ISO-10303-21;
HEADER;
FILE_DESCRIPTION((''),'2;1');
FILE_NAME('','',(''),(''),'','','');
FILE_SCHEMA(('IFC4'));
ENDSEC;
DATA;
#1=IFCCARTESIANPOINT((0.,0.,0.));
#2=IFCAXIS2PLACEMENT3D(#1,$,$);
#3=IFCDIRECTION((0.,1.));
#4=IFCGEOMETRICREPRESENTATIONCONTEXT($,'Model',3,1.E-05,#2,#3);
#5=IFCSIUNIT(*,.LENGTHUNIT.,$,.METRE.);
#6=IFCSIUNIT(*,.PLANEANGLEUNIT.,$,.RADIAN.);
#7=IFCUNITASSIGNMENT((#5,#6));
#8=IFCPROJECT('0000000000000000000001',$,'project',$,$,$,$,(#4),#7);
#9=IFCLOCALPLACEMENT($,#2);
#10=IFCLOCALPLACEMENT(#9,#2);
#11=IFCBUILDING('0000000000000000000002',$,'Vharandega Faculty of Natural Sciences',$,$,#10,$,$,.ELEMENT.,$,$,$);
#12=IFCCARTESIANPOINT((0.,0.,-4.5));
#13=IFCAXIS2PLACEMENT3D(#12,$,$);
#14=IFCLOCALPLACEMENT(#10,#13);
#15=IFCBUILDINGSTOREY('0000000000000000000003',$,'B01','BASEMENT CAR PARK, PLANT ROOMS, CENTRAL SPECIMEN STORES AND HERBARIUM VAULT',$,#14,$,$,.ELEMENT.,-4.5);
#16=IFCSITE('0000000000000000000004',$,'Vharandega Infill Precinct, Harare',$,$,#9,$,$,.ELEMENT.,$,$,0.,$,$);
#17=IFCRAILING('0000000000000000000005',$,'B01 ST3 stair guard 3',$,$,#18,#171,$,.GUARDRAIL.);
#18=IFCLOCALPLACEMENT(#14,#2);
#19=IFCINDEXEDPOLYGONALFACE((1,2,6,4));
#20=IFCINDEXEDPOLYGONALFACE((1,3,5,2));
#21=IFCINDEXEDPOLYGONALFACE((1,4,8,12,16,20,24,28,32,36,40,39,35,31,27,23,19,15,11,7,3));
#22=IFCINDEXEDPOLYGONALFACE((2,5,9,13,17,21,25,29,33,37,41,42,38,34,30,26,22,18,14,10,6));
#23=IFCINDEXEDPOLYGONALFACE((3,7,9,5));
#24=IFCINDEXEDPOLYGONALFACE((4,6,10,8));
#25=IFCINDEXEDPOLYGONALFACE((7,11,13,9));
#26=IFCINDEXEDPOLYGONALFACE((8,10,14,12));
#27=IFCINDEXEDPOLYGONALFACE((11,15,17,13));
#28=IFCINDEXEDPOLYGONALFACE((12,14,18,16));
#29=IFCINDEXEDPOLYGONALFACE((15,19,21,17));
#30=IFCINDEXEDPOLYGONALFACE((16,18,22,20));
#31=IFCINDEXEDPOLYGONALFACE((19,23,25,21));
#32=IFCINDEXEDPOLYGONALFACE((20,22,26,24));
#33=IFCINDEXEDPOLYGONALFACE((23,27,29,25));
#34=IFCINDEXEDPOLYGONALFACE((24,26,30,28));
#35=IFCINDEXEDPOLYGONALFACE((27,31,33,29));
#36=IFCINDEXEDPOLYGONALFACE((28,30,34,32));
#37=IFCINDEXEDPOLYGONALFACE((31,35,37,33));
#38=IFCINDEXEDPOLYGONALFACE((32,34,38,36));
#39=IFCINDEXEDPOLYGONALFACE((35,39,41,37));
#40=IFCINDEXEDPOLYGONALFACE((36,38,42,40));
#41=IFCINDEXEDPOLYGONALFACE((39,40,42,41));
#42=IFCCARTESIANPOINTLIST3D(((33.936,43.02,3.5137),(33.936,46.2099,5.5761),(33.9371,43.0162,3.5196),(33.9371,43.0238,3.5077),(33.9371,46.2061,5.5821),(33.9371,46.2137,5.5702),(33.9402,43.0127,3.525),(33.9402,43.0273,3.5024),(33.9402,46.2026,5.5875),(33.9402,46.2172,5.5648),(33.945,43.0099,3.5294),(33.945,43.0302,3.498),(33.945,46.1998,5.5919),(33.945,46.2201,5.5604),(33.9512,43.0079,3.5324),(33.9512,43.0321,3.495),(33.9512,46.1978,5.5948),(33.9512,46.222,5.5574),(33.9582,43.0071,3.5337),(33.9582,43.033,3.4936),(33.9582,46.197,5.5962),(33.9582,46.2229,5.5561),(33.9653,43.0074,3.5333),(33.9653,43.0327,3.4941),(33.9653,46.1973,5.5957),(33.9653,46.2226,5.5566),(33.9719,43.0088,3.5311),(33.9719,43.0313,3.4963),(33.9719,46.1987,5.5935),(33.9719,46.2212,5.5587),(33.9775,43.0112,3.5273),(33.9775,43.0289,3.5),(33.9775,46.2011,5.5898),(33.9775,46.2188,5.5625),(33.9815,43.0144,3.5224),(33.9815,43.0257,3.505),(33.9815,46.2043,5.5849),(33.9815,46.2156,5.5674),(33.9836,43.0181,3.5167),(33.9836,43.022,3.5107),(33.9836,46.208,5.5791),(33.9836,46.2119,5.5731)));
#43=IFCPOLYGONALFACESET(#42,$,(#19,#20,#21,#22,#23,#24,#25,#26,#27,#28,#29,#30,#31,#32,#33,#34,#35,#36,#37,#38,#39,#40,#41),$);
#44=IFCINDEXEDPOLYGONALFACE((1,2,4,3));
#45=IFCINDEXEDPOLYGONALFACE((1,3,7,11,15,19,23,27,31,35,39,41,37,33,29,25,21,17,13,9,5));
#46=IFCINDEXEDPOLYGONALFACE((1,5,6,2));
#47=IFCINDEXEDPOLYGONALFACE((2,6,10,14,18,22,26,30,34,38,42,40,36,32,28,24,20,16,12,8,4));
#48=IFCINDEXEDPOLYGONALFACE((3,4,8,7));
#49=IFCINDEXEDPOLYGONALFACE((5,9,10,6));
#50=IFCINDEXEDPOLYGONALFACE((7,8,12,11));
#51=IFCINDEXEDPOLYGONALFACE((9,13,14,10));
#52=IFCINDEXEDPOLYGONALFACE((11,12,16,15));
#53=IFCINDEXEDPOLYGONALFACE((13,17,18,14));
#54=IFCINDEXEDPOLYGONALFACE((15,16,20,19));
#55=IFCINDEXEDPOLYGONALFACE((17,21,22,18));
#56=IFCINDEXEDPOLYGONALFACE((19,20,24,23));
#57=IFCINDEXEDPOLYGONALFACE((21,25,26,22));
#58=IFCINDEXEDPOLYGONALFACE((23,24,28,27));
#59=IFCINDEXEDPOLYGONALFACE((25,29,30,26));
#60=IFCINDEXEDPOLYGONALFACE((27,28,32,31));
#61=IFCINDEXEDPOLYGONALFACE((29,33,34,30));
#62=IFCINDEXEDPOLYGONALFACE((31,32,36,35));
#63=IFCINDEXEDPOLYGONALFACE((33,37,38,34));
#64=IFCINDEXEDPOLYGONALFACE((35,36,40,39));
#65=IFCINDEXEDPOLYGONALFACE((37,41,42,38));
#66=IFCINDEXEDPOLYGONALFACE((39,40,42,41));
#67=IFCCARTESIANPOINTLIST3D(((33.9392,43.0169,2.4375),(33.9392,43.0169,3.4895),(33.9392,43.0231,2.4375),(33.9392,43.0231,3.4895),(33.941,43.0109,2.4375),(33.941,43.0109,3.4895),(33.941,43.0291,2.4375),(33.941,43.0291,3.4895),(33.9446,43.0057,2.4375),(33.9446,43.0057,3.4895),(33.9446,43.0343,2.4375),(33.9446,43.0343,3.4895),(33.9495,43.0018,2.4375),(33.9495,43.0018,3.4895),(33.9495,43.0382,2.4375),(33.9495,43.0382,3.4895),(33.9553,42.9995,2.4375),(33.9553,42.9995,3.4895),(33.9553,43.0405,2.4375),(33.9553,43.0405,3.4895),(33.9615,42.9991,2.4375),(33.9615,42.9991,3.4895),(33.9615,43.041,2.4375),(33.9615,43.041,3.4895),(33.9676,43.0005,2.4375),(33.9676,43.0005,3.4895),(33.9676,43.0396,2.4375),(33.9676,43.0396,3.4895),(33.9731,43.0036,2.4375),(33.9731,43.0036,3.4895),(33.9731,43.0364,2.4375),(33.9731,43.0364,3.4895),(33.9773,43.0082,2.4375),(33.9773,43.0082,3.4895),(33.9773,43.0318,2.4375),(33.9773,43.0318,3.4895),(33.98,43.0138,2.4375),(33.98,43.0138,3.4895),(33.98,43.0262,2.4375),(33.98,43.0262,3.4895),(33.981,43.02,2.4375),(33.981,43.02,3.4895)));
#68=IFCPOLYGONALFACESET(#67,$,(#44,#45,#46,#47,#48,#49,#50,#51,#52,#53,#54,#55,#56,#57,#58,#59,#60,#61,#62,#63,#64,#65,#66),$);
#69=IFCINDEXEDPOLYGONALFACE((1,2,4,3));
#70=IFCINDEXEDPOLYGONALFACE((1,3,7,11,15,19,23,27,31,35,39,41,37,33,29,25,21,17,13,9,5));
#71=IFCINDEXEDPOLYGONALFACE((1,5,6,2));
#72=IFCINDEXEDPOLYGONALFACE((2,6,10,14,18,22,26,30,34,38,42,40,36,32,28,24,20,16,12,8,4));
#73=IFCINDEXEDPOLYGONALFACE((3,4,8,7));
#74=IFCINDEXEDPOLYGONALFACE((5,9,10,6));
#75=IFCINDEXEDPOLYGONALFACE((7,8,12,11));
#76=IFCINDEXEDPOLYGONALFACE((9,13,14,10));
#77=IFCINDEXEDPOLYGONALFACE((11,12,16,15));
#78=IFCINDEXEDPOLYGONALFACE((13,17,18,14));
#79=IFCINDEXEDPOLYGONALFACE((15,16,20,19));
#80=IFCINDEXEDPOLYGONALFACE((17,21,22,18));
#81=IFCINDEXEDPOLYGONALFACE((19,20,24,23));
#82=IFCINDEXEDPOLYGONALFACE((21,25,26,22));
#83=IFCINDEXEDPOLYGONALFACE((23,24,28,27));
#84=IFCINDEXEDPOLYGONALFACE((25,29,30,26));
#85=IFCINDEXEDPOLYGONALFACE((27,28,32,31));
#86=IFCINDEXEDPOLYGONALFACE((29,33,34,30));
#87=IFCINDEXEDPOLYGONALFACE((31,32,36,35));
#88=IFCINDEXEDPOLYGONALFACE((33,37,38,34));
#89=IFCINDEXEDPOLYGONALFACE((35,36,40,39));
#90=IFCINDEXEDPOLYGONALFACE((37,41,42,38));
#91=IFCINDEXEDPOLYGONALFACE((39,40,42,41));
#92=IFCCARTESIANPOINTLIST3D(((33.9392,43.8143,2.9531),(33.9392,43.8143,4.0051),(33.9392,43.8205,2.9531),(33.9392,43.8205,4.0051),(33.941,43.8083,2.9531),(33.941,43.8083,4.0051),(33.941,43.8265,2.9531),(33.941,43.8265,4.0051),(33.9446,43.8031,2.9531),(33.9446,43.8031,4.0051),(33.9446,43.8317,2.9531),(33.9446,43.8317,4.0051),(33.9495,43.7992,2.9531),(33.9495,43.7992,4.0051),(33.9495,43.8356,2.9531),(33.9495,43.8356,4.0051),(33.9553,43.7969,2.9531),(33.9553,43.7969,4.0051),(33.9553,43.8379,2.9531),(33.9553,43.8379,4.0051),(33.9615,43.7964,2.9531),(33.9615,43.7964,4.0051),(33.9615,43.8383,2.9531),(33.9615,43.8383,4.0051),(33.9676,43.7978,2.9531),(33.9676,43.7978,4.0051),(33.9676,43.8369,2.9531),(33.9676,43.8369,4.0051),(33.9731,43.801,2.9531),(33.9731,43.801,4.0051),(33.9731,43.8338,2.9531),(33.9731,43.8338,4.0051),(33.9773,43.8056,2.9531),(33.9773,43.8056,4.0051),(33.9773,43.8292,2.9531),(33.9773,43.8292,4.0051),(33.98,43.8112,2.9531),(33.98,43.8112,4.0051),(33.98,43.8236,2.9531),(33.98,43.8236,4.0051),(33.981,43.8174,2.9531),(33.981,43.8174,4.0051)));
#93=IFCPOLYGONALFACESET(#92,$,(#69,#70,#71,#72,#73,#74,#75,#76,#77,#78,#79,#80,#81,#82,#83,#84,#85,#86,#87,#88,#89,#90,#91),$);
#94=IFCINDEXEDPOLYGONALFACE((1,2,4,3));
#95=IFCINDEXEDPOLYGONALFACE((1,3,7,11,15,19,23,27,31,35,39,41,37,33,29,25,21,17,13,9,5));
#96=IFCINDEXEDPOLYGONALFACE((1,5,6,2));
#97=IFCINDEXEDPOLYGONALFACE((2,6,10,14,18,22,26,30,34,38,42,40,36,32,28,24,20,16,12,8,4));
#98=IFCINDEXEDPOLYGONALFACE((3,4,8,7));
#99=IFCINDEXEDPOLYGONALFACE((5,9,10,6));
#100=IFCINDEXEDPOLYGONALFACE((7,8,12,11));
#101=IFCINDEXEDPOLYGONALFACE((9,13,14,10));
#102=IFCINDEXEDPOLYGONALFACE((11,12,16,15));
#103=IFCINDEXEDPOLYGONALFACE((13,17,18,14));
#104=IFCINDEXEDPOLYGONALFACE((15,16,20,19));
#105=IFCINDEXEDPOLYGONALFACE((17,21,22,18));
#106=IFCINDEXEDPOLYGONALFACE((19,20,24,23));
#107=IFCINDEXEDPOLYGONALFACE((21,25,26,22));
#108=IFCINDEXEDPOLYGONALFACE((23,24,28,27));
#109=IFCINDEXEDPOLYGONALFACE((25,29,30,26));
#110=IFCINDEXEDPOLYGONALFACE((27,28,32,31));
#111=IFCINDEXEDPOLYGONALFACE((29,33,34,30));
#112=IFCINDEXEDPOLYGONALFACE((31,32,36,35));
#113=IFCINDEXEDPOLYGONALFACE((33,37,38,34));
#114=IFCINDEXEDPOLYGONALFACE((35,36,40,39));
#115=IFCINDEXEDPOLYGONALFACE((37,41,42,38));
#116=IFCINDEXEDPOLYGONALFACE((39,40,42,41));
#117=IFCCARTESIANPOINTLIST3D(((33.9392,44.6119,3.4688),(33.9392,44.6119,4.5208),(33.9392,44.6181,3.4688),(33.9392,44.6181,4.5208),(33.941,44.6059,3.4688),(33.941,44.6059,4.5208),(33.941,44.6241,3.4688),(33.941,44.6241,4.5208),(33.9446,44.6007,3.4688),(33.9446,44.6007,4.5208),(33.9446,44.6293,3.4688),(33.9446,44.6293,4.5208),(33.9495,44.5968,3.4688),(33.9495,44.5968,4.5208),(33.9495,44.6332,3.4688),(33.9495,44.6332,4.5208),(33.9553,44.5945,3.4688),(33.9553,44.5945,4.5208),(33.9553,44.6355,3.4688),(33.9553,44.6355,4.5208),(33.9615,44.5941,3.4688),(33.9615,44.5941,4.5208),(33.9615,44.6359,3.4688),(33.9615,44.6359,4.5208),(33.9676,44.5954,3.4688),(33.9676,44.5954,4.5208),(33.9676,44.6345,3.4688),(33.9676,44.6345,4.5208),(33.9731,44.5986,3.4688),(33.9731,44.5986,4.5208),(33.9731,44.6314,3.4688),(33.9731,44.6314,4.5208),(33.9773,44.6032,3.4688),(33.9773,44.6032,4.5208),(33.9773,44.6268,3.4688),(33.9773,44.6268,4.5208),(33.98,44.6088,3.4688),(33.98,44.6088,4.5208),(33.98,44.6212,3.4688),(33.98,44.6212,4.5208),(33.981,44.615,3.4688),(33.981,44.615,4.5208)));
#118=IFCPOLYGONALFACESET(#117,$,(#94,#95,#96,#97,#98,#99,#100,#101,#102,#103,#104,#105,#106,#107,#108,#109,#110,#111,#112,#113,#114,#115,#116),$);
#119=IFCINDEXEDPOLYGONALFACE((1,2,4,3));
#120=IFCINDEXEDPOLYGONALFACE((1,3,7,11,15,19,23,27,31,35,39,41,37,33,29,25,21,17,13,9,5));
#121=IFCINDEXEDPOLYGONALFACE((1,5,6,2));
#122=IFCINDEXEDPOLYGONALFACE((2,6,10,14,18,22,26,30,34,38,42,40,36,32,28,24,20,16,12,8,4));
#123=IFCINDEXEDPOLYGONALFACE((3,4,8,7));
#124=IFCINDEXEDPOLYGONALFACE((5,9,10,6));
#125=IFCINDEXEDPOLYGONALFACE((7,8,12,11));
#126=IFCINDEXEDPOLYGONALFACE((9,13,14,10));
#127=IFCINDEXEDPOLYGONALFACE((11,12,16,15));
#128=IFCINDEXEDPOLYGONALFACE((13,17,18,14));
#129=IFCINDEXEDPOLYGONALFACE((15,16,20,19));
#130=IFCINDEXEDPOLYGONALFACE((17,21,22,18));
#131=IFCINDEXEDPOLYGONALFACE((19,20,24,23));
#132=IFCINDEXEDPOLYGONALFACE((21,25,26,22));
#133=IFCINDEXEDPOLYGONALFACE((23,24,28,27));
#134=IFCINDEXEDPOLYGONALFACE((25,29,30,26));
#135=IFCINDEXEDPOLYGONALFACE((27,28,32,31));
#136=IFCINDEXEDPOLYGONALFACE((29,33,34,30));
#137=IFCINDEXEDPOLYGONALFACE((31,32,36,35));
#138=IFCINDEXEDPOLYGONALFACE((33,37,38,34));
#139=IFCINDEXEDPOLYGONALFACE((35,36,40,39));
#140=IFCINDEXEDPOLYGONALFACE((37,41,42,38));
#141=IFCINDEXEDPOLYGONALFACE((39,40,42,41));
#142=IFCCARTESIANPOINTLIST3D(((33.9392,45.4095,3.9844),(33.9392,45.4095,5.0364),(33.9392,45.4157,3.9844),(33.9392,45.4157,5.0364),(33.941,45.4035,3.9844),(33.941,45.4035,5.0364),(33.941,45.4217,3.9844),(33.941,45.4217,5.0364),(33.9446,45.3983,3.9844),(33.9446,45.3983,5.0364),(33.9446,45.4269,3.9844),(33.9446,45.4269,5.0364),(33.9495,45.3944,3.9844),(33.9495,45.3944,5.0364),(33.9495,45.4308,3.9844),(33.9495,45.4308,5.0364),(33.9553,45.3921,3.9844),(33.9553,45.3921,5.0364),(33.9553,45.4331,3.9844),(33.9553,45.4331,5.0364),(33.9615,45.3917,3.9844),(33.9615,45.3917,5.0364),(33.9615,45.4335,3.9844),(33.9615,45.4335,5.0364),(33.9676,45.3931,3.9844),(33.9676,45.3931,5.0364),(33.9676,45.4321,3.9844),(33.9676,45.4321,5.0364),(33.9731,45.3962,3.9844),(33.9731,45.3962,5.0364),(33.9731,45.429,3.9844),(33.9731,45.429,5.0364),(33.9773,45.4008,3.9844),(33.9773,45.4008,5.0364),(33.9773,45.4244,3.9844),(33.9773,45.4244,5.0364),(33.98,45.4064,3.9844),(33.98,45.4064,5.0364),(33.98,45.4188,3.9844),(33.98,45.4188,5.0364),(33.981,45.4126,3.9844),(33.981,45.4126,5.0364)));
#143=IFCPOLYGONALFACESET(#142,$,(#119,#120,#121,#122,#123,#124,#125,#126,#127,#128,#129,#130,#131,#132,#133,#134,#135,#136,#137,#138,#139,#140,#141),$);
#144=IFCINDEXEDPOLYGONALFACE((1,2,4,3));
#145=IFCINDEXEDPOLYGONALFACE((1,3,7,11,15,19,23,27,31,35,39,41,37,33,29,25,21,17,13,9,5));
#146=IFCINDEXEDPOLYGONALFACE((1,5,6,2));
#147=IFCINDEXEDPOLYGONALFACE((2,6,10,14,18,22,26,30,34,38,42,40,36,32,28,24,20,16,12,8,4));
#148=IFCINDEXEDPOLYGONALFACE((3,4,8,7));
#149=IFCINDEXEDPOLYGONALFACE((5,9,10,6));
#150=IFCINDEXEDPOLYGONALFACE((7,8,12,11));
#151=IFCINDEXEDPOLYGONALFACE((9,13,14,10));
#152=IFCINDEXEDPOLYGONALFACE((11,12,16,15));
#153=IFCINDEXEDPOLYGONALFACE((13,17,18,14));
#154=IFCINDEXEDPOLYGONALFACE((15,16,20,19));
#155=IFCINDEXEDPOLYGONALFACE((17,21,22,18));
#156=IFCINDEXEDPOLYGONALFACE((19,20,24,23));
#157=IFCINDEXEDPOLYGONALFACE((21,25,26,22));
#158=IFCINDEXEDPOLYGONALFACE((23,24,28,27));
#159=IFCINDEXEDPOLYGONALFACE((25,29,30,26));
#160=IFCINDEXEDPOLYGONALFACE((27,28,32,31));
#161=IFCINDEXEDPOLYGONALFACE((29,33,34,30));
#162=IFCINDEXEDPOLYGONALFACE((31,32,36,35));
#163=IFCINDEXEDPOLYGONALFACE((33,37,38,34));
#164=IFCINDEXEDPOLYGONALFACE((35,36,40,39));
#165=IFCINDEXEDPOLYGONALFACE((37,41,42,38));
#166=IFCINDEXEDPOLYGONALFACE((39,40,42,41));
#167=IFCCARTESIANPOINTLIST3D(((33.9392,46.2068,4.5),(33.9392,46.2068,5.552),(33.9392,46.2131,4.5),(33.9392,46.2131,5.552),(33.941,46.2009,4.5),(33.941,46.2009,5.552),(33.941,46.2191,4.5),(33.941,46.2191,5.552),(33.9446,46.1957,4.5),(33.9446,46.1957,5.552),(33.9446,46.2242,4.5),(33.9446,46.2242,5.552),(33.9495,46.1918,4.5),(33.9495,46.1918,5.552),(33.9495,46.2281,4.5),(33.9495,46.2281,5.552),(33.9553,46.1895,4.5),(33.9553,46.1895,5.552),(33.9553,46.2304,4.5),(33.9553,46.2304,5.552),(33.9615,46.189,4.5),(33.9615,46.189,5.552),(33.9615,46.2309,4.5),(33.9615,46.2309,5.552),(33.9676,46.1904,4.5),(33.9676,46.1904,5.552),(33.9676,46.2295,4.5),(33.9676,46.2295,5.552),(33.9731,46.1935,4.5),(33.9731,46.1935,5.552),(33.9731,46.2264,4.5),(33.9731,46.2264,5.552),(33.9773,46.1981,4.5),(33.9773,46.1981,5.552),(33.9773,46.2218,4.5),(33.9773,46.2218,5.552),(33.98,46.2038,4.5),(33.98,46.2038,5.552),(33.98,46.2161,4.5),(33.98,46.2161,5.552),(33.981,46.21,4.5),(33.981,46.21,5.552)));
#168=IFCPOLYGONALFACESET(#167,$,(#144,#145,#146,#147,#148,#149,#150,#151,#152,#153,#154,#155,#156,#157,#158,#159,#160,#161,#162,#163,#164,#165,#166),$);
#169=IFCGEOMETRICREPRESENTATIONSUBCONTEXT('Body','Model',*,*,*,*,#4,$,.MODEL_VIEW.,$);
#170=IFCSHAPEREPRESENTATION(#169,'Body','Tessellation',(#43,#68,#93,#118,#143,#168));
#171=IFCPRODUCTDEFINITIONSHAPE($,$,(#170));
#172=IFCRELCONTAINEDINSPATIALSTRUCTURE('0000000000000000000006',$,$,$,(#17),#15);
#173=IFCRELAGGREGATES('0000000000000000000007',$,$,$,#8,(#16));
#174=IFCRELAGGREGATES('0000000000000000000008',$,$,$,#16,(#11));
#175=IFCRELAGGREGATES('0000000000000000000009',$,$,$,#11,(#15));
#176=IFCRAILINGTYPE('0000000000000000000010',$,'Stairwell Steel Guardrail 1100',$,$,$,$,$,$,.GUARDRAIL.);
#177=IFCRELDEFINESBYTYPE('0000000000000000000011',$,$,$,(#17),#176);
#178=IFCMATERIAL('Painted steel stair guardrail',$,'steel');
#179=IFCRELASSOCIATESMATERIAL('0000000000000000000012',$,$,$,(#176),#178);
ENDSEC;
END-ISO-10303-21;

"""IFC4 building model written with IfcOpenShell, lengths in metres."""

from ifc_helpers import new_model, si_unit, direction, frame, origin, origin_2d, place, context, subcontext, project, spatial, circle, extrude, material, type_object, element, save


model = new_model("IFC4")

# Units and contexts
model_context = context("Model", 3, precision=1e-05, world=origin(), true_north=direction((0.0, 1.0)))
body_context = subcontext(model_context, "Body", "Model", "MODEL_VIEW")
ifc_project = project(units=[si_unit("LENGTHUNIT", "METRE"), si_unit("PLANEANGLEUNIT", "RADIAN")], contexts=[model_context])

# Site, building, storey
site_placement = place(None, origin())
site = spatial("IfcSite", under=ifc_project, at=site_placement, Name="Vharandega Infill Precinct, Harare", CompositionType="ELEMENT", RefElevation=0.0)
building_placement = place(site_placement, origin())
building = spatial("IfcBuilding", under=site, at=building_placement, Name="Vharandega Faculty of Natural Sciences", CompositionType="ELEMENT")
storey_placement = place(building_placement, frame((0.0, 0.0, -4.5)))
storey = spatial("IfcBuildingStorey", under=building, at=storey_placement, Name="B01", Description="BASEMENT CAR PARK, PLANT ROOMS, CENTRAL SPECIMEN STORES AND HERBARIUM VAULT", CompositionType="ELEMENT", Elevation=-4.5)

# Railing
ifc_material_1 = material(Name="Painted steel stair guardrail", Category="steel")
railing_type_1 = type_object("IfcRailingType", Name="Stairwell Steel Guardrail 1100", PredefinedType="GUARDRAIL", material=ifc_material_1)
railing_1_placement = place(storey_placement, frame((33.96, 43.02, 2.4375)))
element("IfcRailing", 1, at=railing_1_placement, inside=storey, type_object=railing_type_1, Name="B01 ST3 stair guard 3", PredefinedType="GUARDRAIL", context=body_context, shape_type="SweptSolid", body=[
    extrude(circle(Radius=0.0239, at=origin_2d()), frame((0.0, 0.0, 1.0762), z_axis=(0.0, 0.83976, 0.542958), x_axis=(-1.0, 0.0, 0.0)), (0.0, 0.0, 1.0), 3.7986),
    extrude(circle(Radius=0.021, at=origin_2d()), origin(), (0.0, 0.0, 1.0), 1.052),
    extrude(circle(Radius=0.021, at=origin_2d()), frame((0.0, 0.7974, 0.5156)), (0.0, 0.0, 1.0), 1.052),
    extrude(circle(Radius=0.021, at=origin_2d()), frame((0.0, 1.595, 1.0312)), (0.0, 0.0, 1.0), 1.052),
    extrude(circle(Radius=0.021, at=origin_2d()), frame((0.0, 2.3926, 1.5469)), (0.0, 0.0, 1.0), 1.052),
    extrude(circle(Radius=0.021, at=origin_2d()), frame((0.0, 3.1899, 2.0625)), (0.0, 0.0, 1.0), 1.052),
])

save(model, "model.ifc")
